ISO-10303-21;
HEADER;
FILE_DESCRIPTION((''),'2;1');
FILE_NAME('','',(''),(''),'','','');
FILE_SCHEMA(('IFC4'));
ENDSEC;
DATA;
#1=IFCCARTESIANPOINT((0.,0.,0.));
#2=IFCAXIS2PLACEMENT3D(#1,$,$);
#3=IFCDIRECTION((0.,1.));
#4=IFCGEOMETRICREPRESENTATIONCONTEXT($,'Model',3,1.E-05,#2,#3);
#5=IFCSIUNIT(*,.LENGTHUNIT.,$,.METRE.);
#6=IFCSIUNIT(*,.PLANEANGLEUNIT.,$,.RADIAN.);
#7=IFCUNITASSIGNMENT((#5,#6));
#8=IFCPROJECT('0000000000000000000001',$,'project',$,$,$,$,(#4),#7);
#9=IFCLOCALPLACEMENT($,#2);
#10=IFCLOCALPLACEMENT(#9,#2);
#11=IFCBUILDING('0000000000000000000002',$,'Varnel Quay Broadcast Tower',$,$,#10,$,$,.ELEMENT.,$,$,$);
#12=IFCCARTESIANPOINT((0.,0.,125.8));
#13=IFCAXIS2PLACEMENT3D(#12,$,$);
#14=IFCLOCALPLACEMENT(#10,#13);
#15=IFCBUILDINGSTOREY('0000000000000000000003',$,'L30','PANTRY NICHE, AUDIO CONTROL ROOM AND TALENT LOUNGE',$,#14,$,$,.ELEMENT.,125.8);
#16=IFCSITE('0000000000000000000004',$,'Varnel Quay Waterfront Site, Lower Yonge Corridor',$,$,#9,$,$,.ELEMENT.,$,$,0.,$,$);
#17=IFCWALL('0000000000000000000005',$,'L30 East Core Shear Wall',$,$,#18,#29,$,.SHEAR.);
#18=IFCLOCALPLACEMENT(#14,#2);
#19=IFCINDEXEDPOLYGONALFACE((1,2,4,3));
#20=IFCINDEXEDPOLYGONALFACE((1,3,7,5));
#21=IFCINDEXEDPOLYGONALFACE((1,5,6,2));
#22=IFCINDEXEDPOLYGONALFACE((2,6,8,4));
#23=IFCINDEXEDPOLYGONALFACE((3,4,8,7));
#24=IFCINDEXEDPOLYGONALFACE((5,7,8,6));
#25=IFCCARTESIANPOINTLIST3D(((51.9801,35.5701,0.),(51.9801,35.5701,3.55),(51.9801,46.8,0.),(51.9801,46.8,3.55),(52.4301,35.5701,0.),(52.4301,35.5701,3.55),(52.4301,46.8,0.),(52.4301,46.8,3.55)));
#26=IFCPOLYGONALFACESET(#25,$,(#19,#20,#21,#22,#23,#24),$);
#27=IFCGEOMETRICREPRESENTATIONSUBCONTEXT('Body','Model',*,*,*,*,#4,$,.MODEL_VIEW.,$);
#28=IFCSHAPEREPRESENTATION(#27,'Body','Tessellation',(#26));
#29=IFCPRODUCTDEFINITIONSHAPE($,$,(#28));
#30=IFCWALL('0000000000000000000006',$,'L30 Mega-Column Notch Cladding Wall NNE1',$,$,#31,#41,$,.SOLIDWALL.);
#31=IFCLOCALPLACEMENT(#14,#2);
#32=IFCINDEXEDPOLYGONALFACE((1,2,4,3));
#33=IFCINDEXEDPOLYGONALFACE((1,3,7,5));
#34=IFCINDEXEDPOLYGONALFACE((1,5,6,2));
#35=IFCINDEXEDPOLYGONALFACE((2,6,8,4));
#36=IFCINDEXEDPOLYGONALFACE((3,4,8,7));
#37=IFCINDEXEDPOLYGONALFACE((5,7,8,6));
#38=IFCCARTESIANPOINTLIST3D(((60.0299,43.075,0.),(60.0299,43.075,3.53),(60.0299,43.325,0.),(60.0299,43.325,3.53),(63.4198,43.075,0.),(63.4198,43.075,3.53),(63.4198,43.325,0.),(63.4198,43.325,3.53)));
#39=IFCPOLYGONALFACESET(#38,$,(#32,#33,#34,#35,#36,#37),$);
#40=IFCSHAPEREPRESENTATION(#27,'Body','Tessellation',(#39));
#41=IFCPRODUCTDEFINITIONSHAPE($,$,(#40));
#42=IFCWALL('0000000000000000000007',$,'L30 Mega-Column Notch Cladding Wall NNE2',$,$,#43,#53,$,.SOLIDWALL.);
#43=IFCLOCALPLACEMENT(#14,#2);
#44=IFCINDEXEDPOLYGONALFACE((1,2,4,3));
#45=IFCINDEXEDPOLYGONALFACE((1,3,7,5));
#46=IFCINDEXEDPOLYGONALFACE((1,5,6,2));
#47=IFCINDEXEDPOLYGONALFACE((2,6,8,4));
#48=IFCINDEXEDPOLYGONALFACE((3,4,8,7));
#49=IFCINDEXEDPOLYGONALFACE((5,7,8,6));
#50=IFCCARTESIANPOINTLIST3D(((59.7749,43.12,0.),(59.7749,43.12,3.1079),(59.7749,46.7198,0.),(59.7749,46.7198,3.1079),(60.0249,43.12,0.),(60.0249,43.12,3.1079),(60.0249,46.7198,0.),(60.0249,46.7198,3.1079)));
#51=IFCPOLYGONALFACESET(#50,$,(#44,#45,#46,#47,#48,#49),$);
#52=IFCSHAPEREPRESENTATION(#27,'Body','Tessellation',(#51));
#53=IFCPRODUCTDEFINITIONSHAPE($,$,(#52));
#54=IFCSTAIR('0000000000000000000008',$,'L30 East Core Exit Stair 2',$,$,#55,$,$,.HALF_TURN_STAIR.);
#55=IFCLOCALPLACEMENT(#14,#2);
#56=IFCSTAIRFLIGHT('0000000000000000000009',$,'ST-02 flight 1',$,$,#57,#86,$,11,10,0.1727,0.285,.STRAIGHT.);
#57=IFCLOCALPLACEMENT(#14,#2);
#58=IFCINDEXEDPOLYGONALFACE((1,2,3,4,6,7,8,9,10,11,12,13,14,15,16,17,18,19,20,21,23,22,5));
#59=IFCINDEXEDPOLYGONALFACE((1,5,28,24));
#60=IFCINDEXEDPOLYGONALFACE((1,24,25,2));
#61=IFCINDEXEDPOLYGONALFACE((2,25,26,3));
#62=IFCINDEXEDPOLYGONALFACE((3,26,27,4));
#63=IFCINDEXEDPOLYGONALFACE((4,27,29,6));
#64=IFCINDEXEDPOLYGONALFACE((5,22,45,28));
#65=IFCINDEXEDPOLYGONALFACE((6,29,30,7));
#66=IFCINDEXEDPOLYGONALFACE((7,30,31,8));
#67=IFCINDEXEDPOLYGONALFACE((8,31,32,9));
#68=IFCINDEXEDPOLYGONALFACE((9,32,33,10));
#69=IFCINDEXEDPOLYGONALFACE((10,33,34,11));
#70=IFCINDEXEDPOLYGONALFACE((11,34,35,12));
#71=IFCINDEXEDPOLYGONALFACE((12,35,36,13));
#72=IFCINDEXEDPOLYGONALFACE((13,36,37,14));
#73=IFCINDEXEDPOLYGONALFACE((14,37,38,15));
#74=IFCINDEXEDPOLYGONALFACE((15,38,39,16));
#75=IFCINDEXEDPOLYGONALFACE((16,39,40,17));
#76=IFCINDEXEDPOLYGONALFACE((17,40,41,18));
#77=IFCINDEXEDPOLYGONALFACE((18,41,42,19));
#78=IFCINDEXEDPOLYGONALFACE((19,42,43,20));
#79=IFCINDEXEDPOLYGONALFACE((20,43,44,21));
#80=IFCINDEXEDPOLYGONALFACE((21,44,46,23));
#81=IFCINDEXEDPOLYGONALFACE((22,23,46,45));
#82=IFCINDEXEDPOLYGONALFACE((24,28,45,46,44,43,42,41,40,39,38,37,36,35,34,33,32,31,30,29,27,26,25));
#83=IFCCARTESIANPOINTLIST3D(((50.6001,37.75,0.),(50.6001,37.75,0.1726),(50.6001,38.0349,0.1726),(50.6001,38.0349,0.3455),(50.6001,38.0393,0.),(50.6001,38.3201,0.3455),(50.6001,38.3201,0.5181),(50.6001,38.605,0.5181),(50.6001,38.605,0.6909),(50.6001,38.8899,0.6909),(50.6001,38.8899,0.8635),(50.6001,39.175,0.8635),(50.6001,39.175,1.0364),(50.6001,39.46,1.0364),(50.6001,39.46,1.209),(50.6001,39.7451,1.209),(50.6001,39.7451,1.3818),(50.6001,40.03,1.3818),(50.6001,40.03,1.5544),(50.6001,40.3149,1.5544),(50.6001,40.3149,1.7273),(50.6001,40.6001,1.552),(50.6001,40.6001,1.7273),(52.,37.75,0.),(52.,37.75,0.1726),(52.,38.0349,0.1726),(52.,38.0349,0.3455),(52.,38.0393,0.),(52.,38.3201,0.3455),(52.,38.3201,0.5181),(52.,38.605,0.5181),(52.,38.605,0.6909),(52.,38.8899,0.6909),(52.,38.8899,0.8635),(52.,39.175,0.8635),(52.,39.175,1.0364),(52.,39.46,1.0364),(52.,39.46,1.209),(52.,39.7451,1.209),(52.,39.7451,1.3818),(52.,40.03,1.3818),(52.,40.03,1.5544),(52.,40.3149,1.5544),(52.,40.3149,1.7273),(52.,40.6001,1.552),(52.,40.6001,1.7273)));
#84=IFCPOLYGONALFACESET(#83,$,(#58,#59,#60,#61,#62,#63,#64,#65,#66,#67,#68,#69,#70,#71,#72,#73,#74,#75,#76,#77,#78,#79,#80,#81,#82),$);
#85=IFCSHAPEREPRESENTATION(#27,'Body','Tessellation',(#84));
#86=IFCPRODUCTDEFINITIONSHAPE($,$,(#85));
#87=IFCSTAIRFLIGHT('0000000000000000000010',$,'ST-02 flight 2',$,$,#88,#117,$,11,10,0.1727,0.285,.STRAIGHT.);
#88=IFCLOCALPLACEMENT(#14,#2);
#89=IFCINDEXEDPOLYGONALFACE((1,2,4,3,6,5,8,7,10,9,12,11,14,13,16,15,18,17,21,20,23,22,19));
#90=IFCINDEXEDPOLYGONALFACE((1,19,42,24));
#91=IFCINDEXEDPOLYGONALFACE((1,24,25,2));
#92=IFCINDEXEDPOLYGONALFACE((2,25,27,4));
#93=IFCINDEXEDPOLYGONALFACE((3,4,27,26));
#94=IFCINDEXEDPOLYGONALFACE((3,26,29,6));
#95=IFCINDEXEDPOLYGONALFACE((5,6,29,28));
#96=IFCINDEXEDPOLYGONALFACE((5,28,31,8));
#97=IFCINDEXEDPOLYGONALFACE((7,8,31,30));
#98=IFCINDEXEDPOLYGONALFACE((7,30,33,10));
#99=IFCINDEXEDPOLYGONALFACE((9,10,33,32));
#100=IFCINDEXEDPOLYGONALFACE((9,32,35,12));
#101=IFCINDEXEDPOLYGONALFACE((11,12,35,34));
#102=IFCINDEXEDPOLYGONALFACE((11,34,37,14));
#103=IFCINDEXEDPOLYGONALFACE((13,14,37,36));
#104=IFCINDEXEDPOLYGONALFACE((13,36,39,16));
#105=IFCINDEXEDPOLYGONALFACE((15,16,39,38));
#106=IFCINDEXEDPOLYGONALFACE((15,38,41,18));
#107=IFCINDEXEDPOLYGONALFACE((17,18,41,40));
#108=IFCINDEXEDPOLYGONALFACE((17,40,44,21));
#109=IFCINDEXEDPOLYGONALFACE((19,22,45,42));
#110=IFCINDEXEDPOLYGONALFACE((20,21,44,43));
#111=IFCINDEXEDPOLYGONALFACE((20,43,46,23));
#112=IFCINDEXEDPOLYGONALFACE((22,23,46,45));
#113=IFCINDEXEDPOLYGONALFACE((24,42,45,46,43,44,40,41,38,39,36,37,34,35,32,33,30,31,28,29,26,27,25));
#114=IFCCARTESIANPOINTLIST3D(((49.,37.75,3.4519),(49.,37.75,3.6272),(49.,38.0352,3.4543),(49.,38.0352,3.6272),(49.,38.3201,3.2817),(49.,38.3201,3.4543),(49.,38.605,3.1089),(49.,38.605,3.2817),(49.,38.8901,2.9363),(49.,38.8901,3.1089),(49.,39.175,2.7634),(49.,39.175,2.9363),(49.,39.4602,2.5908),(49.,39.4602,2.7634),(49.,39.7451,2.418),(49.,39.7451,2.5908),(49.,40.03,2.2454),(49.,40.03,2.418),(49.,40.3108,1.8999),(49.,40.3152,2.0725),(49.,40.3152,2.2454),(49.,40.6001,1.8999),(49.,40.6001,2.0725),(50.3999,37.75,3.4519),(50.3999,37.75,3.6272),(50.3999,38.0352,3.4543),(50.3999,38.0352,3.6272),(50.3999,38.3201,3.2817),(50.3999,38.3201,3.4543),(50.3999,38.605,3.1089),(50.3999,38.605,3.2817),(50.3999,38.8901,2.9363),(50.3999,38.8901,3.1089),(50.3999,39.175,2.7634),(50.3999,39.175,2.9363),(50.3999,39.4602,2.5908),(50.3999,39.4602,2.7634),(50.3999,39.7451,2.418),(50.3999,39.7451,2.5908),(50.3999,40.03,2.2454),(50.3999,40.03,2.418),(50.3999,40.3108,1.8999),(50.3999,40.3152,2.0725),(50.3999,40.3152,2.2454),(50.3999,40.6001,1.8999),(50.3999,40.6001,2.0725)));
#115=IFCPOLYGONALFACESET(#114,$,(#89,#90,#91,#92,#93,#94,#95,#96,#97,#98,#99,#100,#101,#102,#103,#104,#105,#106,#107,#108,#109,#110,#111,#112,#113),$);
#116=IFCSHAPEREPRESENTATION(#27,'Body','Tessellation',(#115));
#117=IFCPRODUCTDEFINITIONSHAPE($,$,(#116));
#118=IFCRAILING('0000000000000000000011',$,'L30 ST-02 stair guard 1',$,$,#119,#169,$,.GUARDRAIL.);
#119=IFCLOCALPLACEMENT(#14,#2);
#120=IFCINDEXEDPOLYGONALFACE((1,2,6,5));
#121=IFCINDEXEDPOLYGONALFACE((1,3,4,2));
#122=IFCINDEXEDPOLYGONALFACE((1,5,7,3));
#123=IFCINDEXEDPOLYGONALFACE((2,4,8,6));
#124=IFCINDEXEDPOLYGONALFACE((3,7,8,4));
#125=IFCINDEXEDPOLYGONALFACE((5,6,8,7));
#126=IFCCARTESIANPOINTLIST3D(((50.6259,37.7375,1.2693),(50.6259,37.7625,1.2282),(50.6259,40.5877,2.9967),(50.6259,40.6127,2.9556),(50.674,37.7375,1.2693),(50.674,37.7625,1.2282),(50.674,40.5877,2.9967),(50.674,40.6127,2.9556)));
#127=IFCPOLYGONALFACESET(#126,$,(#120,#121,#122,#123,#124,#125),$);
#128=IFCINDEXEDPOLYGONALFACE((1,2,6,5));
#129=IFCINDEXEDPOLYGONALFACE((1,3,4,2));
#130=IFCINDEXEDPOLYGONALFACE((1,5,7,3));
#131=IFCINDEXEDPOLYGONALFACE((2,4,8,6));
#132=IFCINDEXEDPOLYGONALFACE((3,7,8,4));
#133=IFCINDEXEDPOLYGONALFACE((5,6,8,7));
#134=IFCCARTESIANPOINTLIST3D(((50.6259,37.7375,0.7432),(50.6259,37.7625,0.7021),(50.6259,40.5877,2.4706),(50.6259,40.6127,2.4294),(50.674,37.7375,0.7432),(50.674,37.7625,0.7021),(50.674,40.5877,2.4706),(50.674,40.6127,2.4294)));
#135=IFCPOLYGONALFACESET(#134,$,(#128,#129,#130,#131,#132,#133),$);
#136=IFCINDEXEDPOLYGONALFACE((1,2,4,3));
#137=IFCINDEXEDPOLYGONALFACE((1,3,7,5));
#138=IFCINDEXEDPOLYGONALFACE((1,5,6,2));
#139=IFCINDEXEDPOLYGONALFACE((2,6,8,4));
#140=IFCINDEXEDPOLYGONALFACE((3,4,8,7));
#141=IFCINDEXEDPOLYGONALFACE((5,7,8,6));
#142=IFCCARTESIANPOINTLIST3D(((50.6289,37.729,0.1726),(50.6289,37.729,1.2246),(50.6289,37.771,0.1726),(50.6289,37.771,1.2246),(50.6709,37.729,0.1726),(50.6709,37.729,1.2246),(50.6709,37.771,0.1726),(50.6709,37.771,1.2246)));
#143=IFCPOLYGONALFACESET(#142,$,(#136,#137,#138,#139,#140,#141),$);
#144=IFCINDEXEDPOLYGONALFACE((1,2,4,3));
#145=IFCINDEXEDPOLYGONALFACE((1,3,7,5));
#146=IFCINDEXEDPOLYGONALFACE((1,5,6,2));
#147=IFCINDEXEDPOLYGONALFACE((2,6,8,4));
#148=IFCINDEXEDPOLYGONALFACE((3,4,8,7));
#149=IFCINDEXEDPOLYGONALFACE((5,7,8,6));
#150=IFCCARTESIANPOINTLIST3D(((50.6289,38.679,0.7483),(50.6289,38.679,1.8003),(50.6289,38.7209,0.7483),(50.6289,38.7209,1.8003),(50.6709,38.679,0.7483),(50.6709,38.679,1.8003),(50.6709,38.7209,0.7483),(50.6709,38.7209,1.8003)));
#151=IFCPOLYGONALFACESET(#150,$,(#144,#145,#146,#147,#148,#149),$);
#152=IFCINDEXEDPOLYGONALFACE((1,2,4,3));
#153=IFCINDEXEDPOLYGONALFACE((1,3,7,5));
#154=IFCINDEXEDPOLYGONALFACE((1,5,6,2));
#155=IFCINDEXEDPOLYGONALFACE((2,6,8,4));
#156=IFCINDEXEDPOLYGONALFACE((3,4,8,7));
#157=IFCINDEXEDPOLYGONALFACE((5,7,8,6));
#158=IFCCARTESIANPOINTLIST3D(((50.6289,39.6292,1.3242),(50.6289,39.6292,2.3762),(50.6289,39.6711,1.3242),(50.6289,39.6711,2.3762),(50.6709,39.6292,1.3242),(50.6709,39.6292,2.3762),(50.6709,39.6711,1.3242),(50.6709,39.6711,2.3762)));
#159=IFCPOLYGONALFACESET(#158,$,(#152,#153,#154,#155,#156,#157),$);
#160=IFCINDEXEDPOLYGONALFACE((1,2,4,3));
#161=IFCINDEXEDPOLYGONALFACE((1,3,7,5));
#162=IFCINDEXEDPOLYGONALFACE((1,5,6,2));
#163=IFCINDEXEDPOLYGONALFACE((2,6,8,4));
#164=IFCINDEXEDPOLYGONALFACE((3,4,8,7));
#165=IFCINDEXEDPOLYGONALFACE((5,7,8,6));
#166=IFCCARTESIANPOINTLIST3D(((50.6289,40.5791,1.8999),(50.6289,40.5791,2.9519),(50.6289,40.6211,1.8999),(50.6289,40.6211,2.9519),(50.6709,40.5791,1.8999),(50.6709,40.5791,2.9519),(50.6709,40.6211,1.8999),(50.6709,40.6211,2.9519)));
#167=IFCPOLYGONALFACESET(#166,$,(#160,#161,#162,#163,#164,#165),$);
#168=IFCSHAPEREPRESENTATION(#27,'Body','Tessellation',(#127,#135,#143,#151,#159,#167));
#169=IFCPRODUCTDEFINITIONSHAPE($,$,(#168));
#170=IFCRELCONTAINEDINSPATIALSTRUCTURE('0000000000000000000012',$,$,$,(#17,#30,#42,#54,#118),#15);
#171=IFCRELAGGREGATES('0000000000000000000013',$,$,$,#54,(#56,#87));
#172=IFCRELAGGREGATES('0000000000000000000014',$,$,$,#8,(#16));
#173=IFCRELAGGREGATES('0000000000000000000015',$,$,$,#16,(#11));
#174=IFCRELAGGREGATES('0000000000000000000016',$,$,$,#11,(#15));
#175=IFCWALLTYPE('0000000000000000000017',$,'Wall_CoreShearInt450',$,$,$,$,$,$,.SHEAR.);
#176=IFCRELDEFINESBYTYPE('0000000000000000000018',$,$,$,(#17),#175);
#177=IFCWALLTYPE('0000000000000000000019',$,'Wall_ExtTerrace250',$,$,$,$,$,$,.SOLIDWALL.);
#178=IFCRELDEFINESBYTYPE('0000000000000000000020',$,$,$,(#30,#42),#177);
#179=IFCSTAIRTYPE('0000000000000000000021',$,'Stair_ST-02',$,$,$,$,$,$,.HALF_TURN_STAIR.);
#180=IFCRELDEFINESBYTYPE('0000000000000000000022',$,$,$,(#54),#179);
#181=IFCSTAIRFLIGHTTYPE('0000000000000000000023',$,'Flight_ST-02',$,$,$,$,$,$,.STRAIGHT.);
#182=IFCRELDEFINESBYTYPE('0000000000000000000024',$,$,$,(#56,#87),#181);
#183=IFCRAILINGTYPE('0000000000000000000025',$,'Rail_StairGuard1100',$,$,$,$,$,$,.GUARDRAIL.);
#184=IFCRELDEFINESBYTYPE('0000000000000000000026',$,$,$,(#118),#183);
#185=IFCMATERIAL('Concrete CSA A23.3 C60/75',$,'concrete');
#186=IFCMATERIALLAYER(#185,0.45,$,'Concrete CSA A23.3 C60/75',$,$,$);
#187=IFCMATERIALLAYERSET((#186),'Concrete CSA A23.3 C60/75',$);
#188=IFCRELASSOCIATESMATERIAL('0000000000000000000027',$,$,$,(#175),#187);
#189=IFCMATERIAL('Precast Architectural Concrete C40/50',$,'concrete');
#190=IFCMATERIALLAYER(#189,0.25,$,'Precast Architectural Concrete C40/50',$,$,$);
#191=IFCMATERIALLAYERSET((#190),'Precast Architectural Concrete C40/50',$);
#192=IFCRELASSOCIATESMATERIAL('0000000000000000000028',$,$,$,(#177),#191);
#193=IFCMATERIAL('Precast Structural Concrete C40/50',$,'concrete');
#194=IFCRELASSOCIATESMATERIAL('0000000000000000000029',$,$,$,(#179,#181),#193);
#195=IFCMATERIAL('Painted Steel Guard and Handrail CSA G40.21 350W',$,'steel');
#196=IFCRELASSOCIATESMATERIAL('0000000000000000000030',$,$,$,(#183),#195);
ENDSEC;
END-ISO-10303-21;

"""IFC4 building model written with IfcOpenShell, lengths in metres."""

from ifc_helpers import new_model, si_unit, direction, frame, frame_2d, origin, origin_2d, place, context, subcontext, project, spatial, polyline, rectangle, outline, extrude, material, layer, layer_set, type_object, element, aggregate, save


model = new_model("IFC4")

# Units and contexts
model_context = context("Model", 3, precision=1e-05, world=origin(), true_north=direction((0.0, 1.0)))
body_context = subcontext(model_context, "Body", "Model", "MODEL_VIEW")
ifc_project = project(units=[si_unit("LENGTHUNIT", "METRE"), si_unit("PLANEANGLEUNIT", "RADIAN")], contexts=[model_context])

# Site, building, storey
site_placement = place(None, origin())
site = spatial("IfcSite", under=ifc_project, at=site_placement, Name="Varnel Quay Waterfront Site, Lower Yonge Corridor", CompositionType="ELEMENT", RefElevation=0.0)
building_placement = place(site_placement, origin())
building = spatial("IfcBuilding", under=site, at=building_placement, Name="Varnel Quay Broadcast Tower", CompositionType="ELEMENT")
storey_placement = place(building_placement, frame((0.0, 0.0, 125.8)))
storey = spatial("IfcBuildingStorey", under=building, at=storey_placement, Name="L30", Description="PANTRY NICHE, AUDIO CONTROL ROOM AND TALENT LOUNGE", CompositionType="ELEMENT", Elevation=125.8)

# Walls
ifc_material_1 = material(Name="Concrete CSA A23.3 C60/75", Category="concrete")
ifc_layer_1 = layer(ifc_material_1, 0.45, Name="Concrete CSA A23.3 C60/75")
ifc_layer_set_1 = layer_set([ifc_layer_1], Name="Concrete CSA A23.3 C60/75")
wall_type_1 = type_object("IfcWallType", Name="Wall_CoreShearInt450", PredefinedType="SHEAR", material=ifc_layer_set_1)
wall_1_placement = place(storey_placement, frame((52.2051, 35.5701, 0.0), z_axis=(0.0, 0.0, 1.0), x_axis=(0.0, 1.0, 0.0)))
element("IfcWall", 1, at=wall_1_placement, inside=storey, type_object=wall_type_1, Name="L30 East Core Shear Wall", PredefinedType="SHEAR", context=body_context, shape_type="SweptSolid", body=[
    extrude(rectangle(XDim=11.23, YDim=0.45, at=frame_2d((5.615, 0.0))), origin(), (0.0, 0.0, 1.0), 3.55),
])
ifc_material_2 = material(Name="Precast Architectural Concrete C40/50", Category="concrete")
ifc_layer_2 = layer(ifc_material_2, 0.25, Name="Precast Architectural Concrete C40/50")
ifc_layer_set_2 = layer_set([ifc_layer_2], Name="Precast Architectural Concrete C40/50")
wall_type_2 = type_object("IfcWallType", Name="Wall_ExtTerrace250", PredefinedType="SOLIDWALL", material=ifc_layer_set_2)
wall_2_placement = place(storey_placement, frame((60.03, 43.2, 0.0), z_axis=(0.0, 0.0, 1.0), x_axis=(1.0, 0.0, 0.0)))
element("IfcWall", 2, at=wall_2_placement, inside=storey, type_object=wall_type_2, Name="L30 Mega-Column Notch Cladding Wall NNE1", PredefinedType="SOLIDWALL", context=body_context, shape_type="SweptSolid", body=[
    extrude(rectangle(XDim=3.3899, YDim=0.25, at=frame_2d((1.6948, 0.0))), origin(), (0.0, 0.0, 1.0), 3.53),
])
wall_3_placement = place(storey_placement, frame((59.8999, 43.1201, 0.0), z_axis=(0.0, 0.0, 1.0), x_axis=(0.0, 1.0, 0.0)))
element("IfcWall", 3, at=wall_3_placement, inside=storey, type_object=wall_type_2, Name="L30 Mega-Column Notch Cladding Wall NNE2", PredefinedType="SOLIDWALL", context=body_context, shape_type="SweptSolid", body=[
    extrude(rectangle(XDim=3.5999, YDim=0.25, at=frame_2d((1.7998, 0.0))), origin(), (0.0, 0.0, 1.0), 3.1079),
])

# Stair, stair flights
ifc_material_3 = material(Name="Precast Structural Concrete C40/50", Category="concrete")
stair_type = type_object("IfcStairType", Name="Stair_ST-02", PredefinedType="HALF_TURN_STAIR", material=ifc_material_3)
stair_placement = place(storey_placement, origin())
stair = element("IfcStair", 4, at=stair_placement, inside=storey, type_object=stair_type, Name="L30 East Core Exit Stair 2", PredefinedType="HALF_TURN_STAIR")
stair_flight_type = type_object("IfcStairFlightType", Name="Flight_ST-02", PredefinedType="STRAIGHT", material=ifc_material_3)
stair_flight_1_placement = place(storey_placement, frame((51.3, 37.75, 0.0), z_axis=(0.0, 0.0, 1.0), x_axis=(0.0, 1.0, 0.0)))
stair_flight_1 = element("IfcStairFlight", 5, at=stair_flight_1_placement, type_object=stair_flight_type, Name="ST-02 flight 1", NumberOfRisers=11, NumberOfTreads=10, PredefinedType="STRAIGHT", RiserHeight=0.1727, TreadLength=0.285, context=body_context, shape_type="SweptSolid", body=[
    extrude(outline(polyline([(0.0, 0.0), (0.0, 0.1726), (0.2849, 0.1726), (0.2849, 0.3455), (0.5701, 0.3455), (0.5701, 0.5181), (0.855, 0.5181), (0.855, 0.6909), (1.1399, 0.6909), (1.1399, 0.8635), (1.425, 0.8635), (1.425, 1.0364), (1.71, 1.0364), (1.71, 1.209), (1.9951, 1.209), (1.9951, 1.3818), (2.28, 1.3818), (2.28, 1.5544), (2.5649, 1.5544), (2.5649, 1.7273), (2.8501, 1.7273), (2.8501, 1.8999), (2.8501, 1.552), (0.2893, 0.0), (0.0, 0.0)])), frame((0.0, 0.7, 0.0), z_axis=(0.0, -1.0, 0.0), x_axis=(1.0, 0.0, 0.0)), (0.0, 0.0, 1.0), 1.3999),
])
stair_flight_2_placement = place(storey_placement, frame((49.7, 40.6001, 1.8999), z_axis=(0.0, 0.0, 1.0), x_axis=(0.0, -1.0, 0.0)))
stair_flight_2 = element("IfcStairFlight", 6, at=stair_flight_2_placement, type_object=stair_flight_type, Name="ST-02 flight 2", NumberOfRisers=11, NumberOfTreads=10, PredefinedType="STRAIGHT", RiserHeight=0.1727, TreadLength=0.285, context=body_context, shape_type="SweptSolid", body=[
    extrude(outline(polyline([(0.0, 0.0), (0.0, 0.1726), (0.2849, 0.1726), (0.2849, 0.3455), (0.5701, 0.3455), (0.5701, 0.5181), (0.855, 0.5181), (0.855, 0.6909), (1.1399, 0.6909), (1.1399, 0.8635), (1.425, 0.8635), (1.425, 1.0364), (1.71, 1.0364), (1.71, 1.209), (1.9951, 1.209), (1.9951, 1.3818), (2.28, 1.3818), (2.28, 1.5544), (2.5649, 1.5544), (2.5649, 1.7273), (2.8501, 1.7273), (2.8501, 1.8999), (2.8501, 1.552), (0.2893, 0.0), (0.0, 0.0)])), frame((0.0, 0.7, 0.0), z_axis=(0.0, -1.0, 0.0), x_axis=(1.0, 0.0, 0.0)), (0.0, 0.0, 1.0), 1.3999),
])
aggregate(stair, [stair_flight_1, stair_flight_2])

# Railing
ifc_material_4 = material(Name="Painted Steel Guard and Handrail CSA G40.21 350W", Category="steel")
railing_type_1 = type_object("IfcRailingType", Name="Rail_StairGuard1100", PredefinedType="GUARDRAIL", material=ifc_material_4)
railing_1_placement = place(storey_placement, frame((50.6499, 37.75, 0.1726)))
element("IfcRailing", 7, at=railing_1_placement, inside=storey, type_object=railing_type_1, Name="L30 ST-02 stair guard 1", PredefinedType="GUARDRAIL", context=body_context, shape_type="SweptSolid", body=[
    extrude(rectangle(XDim=0.0481, YDim=0.0481, at=origin_2d()), frame((0.0, 0.0, 1.0762), z_axis=(0.0, 0.855203, 0.518294), x_axis=(-1.0, 0.0, 0.0)), (0.0, 0.0, 1.0), 3.3328),
    extrude(rectangle(XDim=0.0481, YDim=0.0481, at=origin_2d()), frame((0.0, 0.0, 0.55), z_axis=(0.0, 0.855203, 0.518294), x_axis=(-1.0, 0.0, 0.0)), (0.0, 0.0, 1.0), 3.3328),
    extrude(rectangle(XDim=0.042, YDim=0.042, at=origin_2d()), origin(), (0.0, 0.0, 1.0), 1.052),
    extrude(rectangle(XDim=0.042, YDim=0.042, at=origin_2d()), frame((0.0, 0.95, 0.5757)), (0.0, 0.0, 1.0), 1.052),
    extrude(rectangle(XDim=0.042, YDim=0.042, at=origin_2d()), frame((0.0, 1.9001, 1.1516)), (0.0, 0.0, 1.0), 1.052),
    extrude(rectangle(XDim=0.042, YDim=0.042, at=origin_2d()), frame((0.0, 2.8501, 1.7273)), (0.0, 0.0, 1.0), 1.052),
])

save(model, "model.ifc")
